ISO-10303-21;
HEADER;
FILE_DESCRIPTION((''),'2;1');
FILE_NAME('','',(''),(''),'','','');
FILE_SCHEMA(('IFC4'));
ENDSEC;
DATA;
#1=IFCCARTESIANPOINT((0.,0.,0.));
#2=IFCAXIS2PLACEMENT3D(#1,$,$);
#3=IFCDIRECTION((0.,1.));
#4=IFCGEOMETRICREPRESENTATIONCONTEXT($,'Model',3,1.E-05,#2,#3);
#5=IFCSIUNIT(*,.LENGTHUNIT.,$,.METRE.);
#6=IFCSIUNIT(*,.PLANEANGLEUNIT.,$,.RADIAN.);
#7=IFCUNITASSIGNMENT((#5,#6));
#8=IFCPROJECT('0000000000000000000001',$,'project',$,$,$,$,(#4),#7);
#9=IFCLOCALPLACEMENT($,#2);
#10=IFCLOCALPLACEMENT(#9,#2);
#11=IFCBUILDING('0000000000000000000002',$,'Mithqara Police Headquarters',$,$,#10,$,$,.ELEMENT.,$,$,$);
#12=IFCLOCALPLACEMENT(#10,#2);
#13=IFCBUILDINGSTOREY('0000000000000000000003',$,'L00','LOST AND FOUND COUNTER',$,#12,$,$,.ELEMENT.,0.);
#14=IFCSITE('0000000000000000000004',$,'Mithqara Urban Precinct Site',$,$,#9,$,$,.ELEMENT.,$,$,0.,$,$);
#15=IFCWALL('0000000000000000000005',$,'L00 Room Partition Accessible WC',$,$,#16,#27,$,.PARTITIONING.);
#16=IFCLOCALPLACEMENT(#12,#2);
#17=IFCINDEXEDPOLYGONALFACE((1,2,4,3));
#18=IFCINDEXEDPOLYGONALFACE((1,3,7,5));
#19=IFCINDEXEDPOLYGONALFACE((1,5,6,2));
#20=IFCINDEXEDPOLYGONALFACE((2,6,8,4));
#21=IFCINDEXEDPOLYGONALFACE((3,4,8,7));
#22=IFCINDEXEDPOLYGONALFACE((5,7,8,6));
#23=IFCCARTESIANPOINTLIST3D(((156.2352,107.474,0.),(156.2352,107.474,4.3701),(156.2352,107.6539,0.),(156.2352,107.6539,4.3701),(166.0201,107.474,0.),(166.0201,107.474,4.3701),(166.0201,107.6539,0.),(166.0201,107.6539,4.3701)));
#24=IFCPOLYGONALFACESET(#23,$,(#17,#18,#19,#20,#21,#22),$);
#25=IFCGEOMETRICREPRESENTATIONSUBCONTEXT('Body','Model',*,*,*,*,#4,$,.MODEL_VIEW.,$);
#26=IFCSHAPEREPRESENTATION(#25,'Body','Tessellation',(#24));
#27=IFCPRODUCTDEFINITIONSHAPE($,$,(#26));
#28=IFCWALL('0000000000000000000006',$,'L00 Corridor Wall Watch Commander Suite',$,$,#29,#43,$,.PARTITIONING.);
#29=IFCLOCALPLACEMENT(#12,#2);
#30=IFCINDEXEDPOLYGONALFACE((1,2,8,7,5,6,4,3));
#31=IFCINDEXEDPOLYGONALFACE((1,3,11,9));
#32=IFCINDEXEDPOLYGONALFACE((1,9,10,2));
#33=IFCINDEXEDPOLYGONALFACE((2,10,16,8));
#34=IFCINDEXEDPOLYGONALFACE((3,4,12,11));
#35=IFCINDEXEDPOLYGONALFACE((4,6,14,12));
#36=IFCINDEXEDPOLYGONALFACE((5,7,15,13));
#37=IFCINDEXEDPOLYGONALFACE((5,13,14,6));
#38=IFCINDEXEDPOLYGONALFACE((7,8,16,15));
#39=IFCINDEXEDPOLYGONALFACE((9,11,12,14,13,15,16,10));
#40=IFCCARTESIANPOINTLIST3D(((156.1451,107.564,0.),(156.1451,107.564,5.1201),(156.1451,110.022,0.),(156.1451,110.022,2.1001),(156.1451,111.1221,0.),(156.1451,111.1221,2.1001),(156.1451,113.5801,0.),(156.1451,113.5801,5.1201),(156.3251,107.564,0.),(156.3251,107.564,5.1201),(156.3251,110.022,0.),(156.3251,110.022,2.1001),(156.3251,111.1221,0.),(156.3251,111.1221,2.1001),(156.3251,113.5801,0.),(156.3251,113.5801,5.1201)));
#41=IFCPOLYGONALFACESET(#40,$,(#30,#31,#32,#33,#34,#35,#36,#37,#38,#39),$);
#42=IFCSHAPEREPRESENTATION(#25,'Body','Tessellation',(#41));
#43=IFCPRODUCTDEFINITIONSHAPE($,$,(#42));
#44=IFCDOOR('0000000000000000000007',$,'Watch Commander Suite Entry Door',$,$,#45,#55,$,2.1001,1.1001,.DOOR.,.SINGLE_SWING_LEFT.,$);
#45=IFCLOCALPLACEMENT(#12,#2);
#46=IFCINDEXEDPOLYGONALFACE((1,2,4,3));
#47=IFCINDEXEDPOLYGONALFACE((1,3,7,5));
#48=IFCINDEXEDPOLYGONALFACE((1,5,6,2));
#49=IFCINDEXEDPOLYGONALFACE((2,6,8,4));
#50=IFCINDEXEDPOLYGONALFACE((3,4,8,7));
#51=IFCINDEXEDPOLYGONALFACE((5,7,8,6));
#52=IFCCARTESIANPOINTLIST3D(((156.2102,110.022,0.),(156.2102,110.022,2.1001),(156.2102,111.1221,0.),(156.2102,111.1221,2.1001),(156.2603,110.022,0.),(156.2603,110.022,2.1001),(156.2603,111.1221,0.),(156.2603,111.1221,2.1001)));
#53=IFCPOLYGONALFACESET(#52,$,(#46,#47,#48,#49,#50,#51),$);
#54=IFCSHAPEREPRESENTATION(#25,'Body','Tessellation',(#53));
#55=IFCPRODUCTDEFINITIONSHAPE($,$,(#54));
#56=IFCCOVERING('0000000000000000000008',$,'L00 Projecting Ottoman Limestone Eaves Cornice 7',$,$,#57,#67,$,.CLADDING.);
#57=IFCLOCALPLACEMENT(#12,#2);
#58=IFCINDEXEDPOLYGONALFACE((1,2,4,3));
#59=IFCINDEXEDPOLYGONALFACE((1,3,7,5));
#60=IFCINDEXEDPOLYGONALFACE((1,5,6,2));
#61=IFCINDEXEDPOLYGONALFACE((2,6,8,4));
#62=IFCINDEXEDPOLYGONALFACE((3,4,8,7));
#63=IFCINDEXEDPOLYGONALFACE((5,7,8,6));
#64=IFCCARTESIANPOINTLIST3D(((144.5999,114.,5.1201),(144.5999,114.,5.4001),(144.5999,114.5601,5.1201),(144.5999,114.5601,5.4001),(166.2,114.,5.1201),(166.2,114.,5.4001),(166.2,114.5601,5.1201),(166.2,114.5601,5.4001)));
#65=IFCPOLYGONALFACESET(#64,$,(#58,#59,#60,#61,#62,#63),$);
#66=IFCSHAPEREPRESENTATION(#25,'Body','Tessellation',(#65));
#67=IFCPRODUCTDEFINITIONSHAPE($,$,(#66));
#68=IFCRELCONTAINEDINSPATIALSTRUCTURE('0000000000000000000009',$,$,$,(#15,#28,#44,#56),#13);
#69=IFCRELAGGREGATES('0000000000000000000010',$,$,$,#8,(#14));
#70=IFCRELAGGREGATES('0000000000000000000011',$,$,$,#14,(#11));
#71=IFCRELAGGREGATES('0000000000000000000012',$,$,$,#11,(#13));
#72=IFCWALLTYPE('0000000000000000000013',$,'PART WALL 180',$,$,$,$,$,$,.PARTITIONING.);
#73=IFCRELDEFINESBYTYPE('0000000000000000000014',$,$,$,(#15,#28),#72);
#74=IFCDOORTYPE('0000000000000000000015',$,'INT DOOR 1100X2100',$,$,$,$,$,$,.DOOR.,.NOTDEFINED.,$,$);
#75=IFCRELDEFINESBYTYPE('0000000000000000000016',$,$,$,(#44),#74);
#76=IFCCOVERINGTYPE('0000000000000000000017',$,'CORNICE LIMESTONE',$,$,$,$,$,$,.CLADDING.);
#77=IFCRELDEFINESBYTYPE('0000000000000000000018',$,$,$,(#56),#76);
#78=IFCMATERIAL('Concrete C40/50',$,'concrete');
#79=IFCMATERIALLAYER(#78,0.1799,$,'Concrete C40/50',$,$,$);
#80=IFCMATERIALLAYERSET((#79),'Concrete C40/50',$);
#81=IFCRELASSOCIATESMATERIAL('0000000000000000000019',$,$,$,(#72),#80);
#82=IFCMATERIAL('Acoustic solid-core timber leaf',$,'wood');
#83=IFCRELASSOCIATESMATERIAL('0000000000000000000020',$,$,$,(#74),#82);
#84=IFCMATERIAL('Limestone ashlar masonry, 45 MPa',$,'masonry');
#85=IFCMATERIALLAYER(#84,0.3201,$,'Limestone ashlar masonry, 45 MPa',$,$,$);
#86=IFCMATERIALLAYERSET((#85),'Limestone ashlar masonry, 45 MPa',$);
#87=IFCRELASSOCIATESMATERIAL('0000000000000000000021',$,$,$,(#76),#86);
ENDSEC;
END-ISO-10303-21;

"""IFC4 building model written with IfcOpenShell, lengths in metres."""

from ifc_helpers import new_model, si_unit, direction, frame, frame_2d, origin, origin_2d, place, context, subcontext, project, spatial, rectangle, extrude, material, layer, layer_set, type_object, element, fill, save


model = new_model("IFC4")

# Units and contexts
model_context = context("Model", 3, precision=1e-05, world=origin(), true_north=direction((0.0, 1.0)))
body_context = subcontext(model_context, "Body", "Model", "MODEL_VIEW")
ifc_project = project(units=[si_unit("LENGTHUNIT", "METRE"), si_unit("PLANEANGLEUNIT", "RADIAN")], contexts=[model_context])

# Site, building, storey
site_placement = place(None, origin())
site = spatial("IfcSite", under=ifc_project, at=site_placement, Name="Mithqara Urban Precinct Site", CompositionType="ELEMENT", RefElevation=0.0)
building_placement = place(site_placement, origin())
building = spatial("IfcBuilding", under=site, at=building_placement, Name="Mithqara Police Headquarters", CompositionType="ELEMENT")
storey_placement = place(building_placement, origin())
storey = spatial("IfcBuildingStorey", under=building, at=storey_placement, Name="L00", Description="LOST AND FOUND COUNTER", CompositionType="ELEMENT", Elevation=0.0)

# Shared definitions
ifc_material_1 = material(Name="Concrete C40/50", Category="concrete")

# Shared definitions
ifc_layer_1 = layer(ifc_material_1, 0.1799, Name="Concrete C40/50")
ifc_layer_set_1 = layer_set([ifc_layer_1], Name="Concrete C40/50")
wall_type = type_object("IfcWallType", Name="PART WALL 180", PredefinedType="PARTITIONING", material=ifc_layer_set_1)
ifc_material_2 = material(Name="Acoustic solid-core timber leaf", Category="wood")

# Wall
wall_1_placement = place(storey_placement, frame((156.2351, 107.564, 0.0), z_axis=(0.0, 0.0, 1.0), x_axis=(1.0, 0.0, 0.0)))
element("IfcWall", 1, at=wall_1_placement, inside=storey, type_object=wall_type, Name="L00 Room Partition Accessible WC", PredefinedType="PARTITIONING", context=body_context, shape_type="SweptSolid", body=[
    extrude(rectangle(XDim=9.7849, YDim=0.1799, at=frame_2d((4.8926, 0.0))), origin(), (0.0, 0.0, 1.0), 4.3701),
])

# Wall, opening, door
wall_2_placement = place(storey_placement, frame((156.2351, 107.564, 0.0), z_axis=(0.0, 0.0, 1.0), x_axis=(0.0, 1.0, 0.0)))
wall_2 = element("IfcWall", 2, at=wall_2_placement, inside=storey, type_object=wall_type, Name="L00 Corridor Wall Watch Commander Suite", PredefinedType="PARTITIONING", context=body_context, shape_type="SweptSolid", body=[
    extrude(rectangle(XDim=6.0161, YDim=0.1799, at=frame_2d((3.0081, 0.0))), origin(), (0.0, 0.0, 1.0), 5.1201),
])
opening_1_placement = place(wall_2_placement, frame((2.458, 0.0, 0.0)))
opening_1 = element("IfcOpeningElement", 3, at=opening_1_placement, cuts=wall_2, PredefinedType="OPENING", context=body_context, shape_type="SweptSolid", body=[
    extrude(rectangle(XDim=1.1001, YDim=2.1001, at=frame_2d((0.55, 1.05))), frame((0.0, 0.1001, 0.0), z_axis=(0.0, -1.0, 0.0), x_axis=(1.0, 0.0, 0.0)), (0.0, 0.0, 1.0), 0.2),
])
door_type_1 = type_object("IfcDoorType", Name="INT DOOR 1100X2100", OperationType="NOTDEFINED", PredefinedType="DOOR", material=ifc_material_2)
door_1_placement = place(opening_1_placement, origin())
door_1 = element("IfcDoor", 4, at=door_1_placement, inside=storey, type_object=door_type_1, Name="Watch Commander Suite Entry Door", OperationType="SINGLE_SWING_LEFT", OverallHeight=2.1001, OverallWidth=1.1001, PredefinedType="DOOR", context=body_context, shape_type="SweptSolid", body=[
    extrude(rectangle(XDim=1.1001, YDim=2.1001, at=frame_2d((0.55, 1.05))), frame((0.0, 0.0249, 0.0), z_axis=(0.0, -1.0, 0.0), x_axis=(1.0, 0.0, 0.0)), (0.0, 0.0, 1.0), 0.05),
])
fill(opening_1, door_1)

# Covering
ifc_material_3 = material(Name="Limestone ashlar masonry, 45 MPa", Category="masonry")
ifc_layer_2 = layer(ifc_material_3, 0.3201, Name="Limestone ashlar masonry, 45 MPa")
ifc_layer_set_2 = layer_set([ifc_layer_2], Name="Limestone ashlar masonry, 45 MPa")
covering_type = type_object("IfcCoveringType", Name="CORNICE LIMESTONE", PredefinedType="CLADDING", material=ifc_layer_set_2)
covering_placement = place(storey_placement, frame((155.3999, 114.28, 5.1201), z_axis=(0.0, 0.0, 1.0), x_axis=(1.0, 0.0, 0.0)))
element("IfcCovering", 5, at=covering_placement, inside=storey, type_object=covering_type, Name="L00 Projecting Ottoman Limestone Eaves Cornice 7", PredefinedType="CLADDING", context=body_context, shape_type="SweptSolid", body=[
    extrude(rectangle(XDim=21.6001, YDim=0.5601, at=origin_2d()), origin(), (0.0, 0.0, 1.0), 0.28),
])

save(model, "model.ifc")
